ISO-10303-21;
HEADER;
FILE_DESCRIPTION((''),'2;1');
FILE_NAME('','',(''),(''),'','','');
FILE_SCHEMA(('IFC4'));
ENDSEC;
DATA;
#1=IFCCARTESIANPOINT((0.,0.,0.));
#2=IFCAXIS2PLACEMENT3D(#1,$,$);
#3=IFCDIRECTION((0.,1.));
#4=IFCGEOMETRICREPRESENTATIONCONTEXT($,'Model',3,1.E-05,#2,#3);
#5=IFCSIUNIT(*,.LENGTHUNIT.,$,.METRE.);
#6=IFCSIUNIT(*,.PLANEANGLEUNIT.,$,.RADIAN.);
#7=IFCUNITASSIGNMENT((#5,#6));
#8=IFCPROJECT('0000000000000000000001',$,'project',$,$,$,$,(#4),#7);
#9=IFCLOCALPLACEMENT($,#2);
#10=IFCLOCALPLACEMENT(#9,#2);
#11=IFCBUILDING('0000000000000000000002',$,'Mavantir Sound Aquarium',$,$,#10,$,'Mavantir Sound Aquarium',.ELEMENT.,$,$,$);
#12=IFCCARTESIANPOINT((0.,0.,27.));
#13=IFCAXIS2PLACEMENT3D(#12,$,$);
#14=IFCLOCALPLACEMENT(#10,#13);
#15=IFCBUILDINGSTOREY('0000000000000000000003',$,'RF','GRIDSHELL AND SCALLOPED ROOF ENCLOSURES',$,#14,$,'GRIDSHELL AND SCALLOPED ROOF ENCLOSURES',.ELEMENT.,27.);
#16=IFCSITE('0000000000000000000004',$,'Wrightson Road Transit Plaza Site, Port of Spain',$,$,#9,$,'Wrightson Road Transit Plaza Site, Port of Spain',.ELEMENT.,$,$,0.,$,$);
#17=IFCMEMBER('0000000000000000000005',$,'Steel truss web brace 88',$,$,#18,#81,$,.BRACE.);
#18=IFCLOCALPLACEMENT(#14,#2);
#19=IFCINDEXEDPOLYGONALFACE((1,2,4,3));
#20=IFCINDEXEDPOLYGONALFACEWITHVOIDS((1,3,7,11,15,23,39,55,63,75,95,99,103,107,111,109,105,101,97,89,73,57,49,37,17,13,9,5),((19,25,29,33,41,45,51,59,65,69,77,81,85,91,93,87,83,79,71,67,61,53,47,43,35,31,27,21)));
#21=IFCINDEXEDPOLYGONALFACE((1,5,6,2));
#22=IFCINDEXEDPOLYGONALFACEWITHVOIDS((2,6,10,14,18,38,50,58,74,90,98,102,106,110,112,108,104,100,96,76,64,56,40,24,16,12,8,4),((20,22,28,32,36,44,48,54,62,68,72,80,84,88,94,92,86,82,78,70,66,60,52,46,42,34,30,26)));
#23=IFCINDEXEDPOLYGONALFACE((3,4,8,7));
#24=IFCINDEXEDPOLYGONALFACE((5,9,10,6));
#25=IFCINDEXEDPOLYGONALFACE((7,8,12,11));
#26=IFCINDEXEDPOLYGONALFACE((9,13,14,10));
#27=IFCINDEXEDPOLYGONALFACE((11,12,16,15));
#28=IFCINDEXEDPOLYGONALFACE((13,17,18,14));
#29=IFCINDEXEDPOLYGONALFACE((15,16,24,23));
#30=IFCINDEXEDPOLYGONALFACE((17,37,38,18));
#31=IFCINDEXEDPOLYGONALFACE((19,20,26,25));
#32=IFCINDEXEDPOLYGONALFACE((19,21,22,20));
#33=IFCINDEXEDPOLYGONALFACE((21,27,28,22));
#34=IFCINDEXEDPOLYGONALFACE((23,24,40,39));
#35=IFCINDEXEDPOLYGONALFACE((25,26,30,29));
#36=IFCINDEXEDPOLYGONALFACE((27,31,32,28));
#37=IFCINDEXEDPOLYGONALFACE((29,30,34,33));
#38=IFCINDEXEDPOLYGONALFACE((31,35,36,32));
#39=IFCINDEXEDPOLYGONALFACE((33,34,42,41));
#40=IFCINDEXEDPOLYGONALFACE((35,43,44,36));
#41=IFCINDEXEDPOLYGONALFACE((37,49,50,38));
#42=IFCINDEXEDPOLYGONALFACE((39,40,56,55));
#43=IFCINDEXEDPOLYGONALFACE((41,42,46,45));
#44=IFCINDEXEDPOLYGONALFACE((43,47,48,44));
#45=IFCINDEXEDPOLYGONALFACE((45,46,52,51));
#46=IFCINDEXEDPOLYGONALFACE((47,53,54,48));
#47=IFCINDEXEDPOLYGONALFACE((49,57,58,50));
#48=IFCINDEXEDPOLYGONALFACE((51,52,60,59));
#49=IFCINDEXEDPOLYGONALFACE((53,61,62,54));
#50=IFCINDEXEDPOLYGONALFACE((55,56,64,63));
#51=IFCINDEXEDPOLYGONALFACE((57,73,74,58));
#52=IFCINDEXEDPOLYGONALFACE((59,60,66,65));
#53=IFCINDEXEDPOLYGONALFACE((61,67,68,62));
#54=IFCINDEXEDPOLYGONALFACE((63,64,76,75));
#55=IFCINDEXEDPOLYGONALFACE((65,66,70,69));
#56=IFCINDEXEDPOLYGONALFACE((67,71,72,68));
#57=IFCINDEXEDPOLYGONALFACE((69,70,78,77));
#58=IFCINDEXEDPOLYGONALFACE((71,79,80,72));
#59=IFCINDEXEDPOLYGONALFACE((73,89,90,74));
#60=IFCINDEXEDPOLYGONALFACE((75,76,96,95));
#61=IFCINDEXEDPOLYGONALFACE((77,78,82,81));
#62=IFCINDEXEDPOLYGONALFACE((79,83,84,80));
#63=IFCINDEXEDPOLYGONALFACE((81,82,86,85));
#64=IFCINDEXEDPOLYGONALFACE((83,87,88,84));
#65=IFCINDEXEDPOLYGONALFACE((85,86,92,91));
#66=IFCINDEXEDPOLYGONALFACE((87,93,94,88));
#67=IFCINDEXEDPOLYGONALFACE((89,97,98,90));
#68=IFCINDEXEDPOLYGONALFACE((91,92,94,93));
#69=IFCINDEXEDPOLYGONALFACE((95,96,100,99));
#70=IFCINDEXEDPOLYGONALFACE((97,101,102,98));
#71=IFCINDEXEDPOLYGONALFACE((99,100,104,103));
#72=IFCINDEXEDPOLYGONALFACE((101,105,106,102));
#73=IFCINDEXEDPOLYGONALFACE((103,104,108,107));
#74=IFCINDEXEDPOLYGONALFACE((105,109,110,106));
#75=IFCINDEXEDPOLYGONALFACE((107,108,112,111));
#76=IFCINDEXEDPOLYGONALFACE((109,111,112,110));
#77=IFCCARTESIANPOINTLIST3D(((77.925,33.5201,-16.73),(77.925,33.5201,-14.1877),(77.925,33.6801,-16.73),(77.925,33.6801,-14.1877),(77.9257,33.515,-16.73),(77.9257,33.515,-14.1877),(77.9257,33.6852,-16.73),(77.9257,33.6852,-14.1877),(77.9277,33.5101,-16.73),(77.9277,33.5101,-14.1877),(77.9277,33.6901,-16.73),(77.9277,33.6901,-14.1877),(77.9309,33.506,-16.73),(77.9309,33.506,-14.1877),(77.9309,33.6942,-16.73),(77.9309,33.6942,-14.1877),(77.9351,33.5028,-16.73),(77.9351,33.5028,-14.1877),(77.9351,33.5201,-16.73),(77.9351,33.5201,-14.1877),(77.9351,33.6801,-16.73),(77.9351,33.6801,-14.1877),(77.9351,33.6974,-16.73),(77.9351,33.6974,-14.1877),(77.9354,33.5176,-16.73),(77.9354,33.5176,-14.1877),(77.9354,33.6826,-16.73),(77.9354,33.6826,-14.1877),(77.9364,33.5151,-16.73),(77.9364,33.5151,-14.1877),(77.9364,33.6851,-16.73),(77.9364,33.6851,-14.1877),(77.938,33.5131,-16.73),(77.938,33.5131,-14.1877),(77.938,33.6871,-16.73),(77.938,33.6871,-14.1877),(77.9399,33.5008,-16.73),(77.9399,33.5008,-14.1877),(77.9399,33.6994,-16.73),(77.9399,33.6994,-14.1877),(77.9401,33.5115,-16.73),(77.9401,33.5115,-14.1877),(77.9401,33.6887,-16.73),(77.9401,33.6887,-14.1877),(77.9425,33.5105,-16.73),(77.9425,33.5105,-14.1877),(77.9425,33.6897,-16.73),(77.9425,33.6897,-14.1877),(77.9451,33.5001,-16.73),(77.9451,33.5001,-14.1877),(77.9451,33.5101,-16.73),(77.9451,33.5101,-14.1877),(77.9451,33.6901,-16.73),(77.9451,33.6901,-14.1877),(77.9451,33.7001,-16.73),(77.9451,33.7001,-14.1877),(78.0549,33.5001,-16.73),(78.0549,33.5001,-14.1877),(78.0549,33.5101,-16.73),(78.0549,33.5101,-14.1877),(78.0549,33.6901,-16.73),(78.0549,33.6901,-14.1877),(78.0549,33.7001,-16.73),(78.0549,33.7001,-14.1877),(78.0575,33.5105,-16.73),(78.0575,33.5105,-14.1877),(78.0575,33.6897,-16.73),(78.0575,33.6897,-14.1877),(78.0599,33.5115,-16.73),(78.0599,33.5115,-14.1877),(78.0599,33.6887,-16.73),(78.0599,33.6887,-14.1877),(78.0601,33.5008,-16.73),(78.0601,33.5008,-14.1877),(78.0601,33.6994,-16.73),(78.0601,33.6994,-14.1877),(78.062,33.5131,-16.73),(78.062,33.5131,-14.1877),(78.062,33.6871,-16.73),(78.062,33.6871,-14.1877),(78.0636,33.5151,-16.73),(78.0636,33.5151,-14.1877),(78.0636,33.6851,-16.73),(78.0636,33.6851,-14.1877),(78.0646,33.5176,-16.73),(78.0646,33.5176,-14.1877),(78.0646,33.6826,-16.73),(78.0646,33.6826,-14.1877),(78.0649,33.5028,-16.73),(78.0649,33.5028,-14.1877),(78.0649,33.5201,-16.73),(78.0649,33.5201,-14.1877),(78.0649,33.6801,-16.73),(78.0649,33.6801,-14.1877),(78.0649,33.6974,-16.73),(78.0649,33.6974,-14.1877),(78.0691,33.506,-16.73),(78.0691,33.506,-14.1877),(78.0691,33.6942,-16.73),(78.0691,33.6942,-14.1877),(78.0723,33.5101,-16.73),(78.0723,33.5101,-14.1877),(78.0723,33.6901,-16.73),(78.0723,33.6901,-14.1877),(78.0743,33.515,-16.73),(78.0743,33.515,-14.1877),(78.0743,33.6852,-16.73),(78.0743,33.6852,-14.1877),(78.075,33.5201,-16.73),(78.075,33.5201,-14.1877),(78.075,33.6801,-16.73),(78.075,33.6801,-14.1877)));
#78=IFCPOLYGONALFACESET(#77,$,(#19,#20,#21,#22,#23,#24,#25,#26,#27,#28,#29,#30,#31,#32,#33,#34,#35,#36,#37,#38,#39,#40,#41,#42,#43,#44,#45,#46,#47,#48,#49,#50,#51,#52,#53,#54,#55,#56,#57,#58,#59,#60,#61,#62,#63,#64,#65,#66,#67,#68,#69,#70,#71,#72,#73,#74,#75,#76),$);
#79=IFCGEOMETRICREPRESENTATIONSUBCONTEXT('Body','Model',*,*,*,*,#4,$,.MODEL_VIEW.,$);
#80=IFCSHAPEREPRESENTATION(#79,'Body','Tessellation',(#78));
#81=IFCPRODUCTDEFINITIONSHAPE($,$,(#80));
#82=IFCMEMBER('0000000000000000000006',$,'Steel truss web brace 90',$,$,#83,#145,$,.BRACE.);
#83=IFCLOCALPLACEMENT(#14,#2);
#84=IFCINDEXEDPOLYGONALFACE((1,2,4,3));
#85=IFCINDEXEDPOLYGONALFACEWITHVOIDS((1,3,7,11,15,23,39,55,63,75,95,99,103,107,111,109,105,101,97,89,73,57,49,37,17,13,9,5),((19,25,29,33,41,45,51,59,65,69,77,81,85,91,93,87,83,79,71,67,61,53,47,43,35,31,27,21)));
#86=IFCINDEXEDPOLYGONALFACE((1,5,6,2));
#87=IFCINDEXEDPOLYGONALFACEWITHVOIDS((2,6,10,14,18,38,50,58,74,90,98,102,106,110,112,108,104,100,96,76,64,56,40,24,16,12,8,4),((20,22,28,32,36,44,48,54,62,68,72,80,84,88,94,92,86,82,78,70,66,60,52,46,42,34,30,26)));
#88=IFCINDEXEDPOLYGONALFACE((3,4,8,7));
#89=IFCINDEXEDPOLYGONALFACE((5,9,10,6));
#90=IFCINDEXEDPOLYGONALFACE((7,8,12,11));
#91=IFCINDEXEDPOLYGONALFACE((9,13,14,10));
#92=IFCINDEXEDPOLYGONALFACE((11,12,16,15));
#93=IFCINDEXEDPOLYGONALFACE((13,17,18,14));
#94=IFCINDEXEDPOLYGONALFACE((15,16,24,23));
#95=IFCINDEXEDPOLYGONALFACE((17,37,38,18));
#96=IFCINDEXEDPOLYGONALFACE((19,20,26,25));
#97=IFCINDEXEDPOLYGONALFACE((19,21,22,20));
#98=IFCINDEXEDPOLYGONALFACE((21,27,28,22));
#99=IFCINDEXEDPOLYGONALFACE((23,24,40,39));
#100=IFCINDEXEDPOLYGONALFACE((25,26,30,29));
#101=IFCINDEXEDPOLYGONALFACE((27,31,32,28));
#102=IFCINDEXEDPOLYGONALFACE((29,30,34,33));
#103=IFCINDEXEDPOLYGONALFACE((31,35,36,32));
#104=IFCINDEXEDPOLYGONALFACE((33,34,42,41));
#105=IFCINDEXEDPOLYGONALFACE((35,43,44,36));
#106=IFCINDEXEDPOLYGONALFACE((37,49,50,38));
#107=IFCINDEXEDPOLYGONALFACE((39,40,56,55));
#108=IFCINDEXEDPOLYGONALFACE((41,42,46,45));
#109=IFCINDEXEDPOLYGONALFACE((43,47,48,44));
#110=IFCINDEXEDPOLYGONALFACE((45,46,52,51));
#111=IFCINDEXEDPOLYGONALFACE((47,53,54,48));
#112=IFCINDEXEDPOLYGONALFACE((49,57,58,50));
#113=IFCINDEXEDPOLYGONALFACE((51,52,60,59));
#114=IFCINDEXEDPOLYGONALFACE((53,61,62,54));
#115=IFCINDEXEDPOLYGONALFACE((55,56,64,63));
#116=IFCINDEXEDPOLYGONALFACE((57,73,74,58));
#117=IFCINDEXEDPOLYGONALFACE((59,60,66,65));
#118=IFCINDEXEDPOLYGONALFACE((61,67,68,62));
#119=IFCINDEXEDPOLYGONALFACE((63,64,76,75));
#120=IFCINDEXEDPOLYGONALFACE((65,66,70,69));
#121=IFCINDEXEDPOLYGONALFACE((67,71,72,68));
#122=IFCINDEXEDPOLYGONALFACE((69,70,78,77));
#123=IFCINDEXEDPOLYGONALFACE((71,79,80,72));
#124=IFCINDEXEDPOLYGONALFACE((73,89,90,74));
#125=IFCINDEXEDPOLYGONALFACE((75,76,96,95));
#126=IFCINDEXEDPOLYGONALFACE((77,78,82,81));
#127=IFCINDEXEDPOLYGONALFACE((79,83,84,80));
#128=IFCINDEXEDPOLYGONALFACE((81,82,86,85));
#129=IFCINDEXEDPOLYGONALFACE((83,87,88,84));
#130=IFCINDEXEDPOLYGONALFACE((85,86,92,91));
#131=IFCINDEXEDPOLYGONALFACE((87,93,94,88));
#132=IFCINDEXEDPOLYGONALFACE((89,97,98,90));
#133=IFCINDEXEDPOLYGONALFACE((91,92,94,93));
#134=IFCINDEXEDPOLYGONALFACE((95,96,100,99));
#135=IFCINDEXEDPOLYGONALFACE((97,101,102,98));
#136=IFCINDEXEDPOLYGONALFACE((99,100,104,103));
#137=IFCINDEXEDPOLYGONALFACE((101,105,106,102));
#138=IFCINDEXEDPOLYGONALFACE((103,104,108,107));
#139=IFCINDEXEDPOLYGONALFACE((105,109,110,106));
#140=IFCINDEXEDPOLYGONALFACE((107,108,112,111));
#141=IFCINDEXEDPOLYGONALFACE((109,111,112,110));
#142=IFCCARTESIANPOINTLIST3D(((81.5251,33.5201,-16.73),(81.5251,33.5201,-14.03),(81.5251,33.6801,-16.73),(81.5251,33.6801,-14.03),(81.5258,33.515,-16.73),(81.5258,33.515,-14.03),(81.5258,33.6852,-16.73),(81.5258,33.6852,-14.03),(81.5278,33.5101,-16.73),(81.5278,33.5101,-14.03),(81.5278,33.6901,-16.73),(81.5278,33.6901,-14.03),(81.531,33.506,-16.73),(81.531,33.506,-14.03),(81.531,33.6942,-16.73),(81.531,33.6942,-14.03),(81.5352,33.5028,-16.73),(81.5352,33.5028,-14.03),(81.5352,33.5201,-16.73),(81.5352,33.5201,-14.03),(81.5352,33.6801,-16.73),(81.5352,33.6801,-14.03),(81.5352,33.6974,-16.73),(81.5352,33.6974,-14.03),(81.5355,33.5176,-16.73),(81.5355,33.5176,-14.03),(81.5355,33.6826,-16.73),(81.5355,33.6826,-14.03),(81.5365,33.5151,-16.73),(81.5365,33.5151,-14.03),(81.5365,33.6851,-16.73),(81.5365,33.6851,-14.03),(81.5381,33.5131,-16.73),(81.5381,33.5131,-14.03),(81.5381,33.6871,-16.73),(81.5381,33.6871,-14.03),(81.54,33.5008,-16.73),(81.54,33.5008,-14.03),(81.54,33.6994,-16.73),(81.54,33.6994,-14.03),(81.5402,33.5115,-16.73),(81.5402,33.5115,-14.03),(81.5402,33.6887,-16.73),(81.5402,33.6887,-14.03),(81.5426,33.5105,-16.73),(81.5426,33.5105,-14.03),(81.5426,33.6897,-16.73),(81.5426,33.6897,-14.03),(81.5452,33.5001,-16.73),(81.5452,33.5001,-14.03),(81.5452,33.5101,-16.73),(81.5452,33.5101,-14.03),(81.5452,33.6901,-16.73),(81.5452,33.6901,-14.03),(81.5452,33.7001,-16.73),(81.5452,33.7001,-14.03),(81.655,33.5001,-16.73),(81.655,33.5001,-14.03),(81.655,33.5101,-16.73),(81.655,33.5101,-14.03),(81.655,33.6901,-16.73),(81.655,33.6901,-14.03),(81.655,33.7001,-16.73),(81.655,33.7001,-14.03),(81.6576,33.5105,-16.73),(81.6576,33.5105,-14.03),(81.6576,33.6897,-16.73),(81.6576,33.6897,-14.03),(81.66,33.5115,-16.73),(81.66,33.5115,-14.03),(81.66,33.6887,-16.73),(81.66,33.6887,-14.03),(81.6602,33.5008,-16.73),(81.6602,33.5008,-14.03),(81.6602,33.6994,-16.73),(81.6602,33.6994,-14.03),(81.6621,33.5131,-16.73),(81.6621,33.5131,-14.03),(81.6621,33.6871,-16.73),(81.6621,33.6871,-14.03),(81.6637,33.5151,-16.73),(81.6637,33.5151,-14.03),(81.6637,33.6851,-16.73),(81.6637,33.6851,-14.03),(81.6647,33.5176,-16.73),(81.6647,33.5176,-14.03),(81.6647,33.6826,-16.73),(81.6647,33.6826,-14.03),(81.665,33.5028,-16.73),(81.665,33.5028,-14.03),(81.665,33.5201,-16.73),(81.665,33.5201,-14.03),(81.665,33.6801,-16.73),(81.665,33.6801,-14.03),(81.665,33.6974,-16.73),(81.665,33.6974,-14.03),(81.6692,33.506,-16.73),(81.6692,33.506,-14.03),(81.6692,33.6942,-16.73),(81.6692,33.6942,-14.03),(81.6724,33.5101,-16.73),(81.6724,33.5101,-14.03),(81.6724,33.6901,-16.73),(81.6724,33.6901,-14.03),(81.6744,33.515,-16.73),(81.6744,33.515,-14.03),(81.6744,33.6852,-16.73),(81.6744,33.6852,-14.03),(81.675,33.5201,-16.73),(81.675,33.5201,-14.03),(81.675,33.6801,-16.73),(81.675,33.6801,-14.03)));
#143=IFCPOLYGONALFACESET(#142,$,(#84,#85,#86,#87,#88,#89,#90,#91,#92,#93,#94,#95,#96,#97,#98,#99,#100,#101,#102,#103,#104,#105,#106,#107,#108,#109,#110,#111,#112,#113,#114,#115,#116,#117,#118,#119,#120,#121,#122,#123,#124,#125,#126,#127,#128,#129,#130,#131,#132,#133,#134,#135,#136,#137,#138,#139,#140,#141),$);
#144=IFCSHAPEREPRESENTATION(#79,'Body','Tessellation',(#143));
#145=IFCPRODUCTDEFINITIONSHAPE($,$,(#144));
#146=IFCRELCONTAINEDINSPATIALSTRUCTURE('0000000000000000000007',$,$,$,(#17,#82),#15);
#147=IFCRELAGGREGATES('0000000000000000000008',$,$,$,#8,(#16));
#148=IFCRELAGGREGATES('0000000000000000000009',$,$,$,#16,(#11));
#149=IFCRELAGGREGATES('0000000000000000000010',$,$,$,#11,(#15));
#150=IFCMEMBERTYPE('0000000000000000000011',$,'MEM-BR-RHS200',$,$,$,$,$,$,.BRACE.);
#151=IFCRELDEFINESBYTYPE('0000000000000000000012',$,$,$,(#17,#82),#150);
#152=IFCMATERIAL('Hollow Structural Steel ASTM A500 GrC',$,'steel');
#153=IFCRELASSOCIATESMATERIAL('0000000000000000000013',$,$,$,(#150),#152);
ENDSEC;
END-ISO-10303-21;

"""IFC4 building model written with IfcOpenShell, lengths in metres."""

from ifc_helpers import new_model, si_unit, direction, frame, origin, origin_2d, place, context, subcontext, project, spatial, hollow_rectangle, extrude, material, material_profile, profile_set, type_object, element, save


model = new_model("IFC4")

# Units and contexts
model_context = context("Model", 3, precision=1e-05, world=origin(), true_north=direction((0.0, 1.0)))
body_context = subcontext(model_context, "Body", "Model", "MODEL_VIEW")
ifc_project = project(units=[si_unit("LENGTHUNIT", "METRE"), si_unit("PLANEANGLEUNIT", "RADIAN")], contexts=[model_context])

# Site, building, storey
site_placement = place(None, origin())
site = spatial("IfcSite", under=ifc_project, at=site_placement, Name="Wrightson Road Transit Plaza Site, Port of Spain", LongName="Wrightson Road Transit Plaza Site, Port of Spain", CompositionType="ELEMENT", RefElevation=0.0)
building_placement = place(site_placement, origin())
building = spatial("IfcBuilding", under=site, at=building_placement, Name="Mavantir Sound Aquarium", LongName="Mavantir Sound Aquarium", CompositionType="ELEMENT")
storey_placement = place(building_placement, frame((0.0, 0.0, 27.0)))
storey = spatial("IfcBuildingStorey", under=building, at=storey_placement, Name="RF", Description="GRIDSHELL AND SCALLOPED ROOF ENCLOSURES", LongName="GRIDSHELL AND SCALLOPED ROOF ENCLOSURES", CompositionType="ELEMENT", Elevation=27.0)

# Shared definitions
ifc_material_1 = material(Name="Hollow Structural Steel ASTM A500 GrC", Category="steel")

# Members
ifc_material_profile_1 = material_profile(ifc_material_1, hollow_rectangle(XDim=0.1499, YDim=0.2, WallThickness=0.01, InnerFilletRadius=0.01, OuterFilletRadius=0.02, at=origin_2d()), Name="RHS 200X150X10")
ifc_profile_set_1 = profile_set([ifc_material_profile_1], Name="Hollow Structural Steel ASTM A500 GrC")
member_type_1 = type_object("IfcMemberType", Name="MEM-BR-RHS200", PredefinedType="BRACE", material=ifc_profile_set_1)
member_1_placement = place(storey_placement, frame((78.0, 33.6001, -16.73), z_axis=(0.0, 0.0, 1.0), x_axis=(1.0, 0.0, 0.0)))
element("IfcMember", 1, at=member_1_placement, inside=storey, type_object=member_type_1, Name="Steel truss web brace 88", PredefinedType="BRACE", context=body_context, shape_type="SweptSolid", body=[
    extrude(hollow_rectangle(XDim=0.1499, YDim=0.2, WallThickness=0.01, InnerFilletRadius=0.01, OuterFilletRadius=0.02, at=origin_2d()), origin(), (0.0, 0.0, 1.0), 2.5422),
])
member_2_placement = place(storey_placement, frame((81.6001, 33.6001, -16.73), z_axis=(0.0, 0.0, 1.0), x_axis=(1.0, 0.0, 0.0)))
element("IfcMember", 2, at=member_2_placement, inside=storey, type_object=member_type_1, Name="Steel truss web brace 90", PredefinedType="BRACE", context=body_context, shape_type="SweptSolid", body=[
    extrude(hollow_rectangle(XDim=0.1499, YDim=0.2, WallThickness=0.01, InnerFilletRadius=0.01, OuterFilletRadius=0.02, at=origin_2d()), origin(), (0.0, 0.0, 1.0), 2.7),
])

save(model, "model.ifc")
